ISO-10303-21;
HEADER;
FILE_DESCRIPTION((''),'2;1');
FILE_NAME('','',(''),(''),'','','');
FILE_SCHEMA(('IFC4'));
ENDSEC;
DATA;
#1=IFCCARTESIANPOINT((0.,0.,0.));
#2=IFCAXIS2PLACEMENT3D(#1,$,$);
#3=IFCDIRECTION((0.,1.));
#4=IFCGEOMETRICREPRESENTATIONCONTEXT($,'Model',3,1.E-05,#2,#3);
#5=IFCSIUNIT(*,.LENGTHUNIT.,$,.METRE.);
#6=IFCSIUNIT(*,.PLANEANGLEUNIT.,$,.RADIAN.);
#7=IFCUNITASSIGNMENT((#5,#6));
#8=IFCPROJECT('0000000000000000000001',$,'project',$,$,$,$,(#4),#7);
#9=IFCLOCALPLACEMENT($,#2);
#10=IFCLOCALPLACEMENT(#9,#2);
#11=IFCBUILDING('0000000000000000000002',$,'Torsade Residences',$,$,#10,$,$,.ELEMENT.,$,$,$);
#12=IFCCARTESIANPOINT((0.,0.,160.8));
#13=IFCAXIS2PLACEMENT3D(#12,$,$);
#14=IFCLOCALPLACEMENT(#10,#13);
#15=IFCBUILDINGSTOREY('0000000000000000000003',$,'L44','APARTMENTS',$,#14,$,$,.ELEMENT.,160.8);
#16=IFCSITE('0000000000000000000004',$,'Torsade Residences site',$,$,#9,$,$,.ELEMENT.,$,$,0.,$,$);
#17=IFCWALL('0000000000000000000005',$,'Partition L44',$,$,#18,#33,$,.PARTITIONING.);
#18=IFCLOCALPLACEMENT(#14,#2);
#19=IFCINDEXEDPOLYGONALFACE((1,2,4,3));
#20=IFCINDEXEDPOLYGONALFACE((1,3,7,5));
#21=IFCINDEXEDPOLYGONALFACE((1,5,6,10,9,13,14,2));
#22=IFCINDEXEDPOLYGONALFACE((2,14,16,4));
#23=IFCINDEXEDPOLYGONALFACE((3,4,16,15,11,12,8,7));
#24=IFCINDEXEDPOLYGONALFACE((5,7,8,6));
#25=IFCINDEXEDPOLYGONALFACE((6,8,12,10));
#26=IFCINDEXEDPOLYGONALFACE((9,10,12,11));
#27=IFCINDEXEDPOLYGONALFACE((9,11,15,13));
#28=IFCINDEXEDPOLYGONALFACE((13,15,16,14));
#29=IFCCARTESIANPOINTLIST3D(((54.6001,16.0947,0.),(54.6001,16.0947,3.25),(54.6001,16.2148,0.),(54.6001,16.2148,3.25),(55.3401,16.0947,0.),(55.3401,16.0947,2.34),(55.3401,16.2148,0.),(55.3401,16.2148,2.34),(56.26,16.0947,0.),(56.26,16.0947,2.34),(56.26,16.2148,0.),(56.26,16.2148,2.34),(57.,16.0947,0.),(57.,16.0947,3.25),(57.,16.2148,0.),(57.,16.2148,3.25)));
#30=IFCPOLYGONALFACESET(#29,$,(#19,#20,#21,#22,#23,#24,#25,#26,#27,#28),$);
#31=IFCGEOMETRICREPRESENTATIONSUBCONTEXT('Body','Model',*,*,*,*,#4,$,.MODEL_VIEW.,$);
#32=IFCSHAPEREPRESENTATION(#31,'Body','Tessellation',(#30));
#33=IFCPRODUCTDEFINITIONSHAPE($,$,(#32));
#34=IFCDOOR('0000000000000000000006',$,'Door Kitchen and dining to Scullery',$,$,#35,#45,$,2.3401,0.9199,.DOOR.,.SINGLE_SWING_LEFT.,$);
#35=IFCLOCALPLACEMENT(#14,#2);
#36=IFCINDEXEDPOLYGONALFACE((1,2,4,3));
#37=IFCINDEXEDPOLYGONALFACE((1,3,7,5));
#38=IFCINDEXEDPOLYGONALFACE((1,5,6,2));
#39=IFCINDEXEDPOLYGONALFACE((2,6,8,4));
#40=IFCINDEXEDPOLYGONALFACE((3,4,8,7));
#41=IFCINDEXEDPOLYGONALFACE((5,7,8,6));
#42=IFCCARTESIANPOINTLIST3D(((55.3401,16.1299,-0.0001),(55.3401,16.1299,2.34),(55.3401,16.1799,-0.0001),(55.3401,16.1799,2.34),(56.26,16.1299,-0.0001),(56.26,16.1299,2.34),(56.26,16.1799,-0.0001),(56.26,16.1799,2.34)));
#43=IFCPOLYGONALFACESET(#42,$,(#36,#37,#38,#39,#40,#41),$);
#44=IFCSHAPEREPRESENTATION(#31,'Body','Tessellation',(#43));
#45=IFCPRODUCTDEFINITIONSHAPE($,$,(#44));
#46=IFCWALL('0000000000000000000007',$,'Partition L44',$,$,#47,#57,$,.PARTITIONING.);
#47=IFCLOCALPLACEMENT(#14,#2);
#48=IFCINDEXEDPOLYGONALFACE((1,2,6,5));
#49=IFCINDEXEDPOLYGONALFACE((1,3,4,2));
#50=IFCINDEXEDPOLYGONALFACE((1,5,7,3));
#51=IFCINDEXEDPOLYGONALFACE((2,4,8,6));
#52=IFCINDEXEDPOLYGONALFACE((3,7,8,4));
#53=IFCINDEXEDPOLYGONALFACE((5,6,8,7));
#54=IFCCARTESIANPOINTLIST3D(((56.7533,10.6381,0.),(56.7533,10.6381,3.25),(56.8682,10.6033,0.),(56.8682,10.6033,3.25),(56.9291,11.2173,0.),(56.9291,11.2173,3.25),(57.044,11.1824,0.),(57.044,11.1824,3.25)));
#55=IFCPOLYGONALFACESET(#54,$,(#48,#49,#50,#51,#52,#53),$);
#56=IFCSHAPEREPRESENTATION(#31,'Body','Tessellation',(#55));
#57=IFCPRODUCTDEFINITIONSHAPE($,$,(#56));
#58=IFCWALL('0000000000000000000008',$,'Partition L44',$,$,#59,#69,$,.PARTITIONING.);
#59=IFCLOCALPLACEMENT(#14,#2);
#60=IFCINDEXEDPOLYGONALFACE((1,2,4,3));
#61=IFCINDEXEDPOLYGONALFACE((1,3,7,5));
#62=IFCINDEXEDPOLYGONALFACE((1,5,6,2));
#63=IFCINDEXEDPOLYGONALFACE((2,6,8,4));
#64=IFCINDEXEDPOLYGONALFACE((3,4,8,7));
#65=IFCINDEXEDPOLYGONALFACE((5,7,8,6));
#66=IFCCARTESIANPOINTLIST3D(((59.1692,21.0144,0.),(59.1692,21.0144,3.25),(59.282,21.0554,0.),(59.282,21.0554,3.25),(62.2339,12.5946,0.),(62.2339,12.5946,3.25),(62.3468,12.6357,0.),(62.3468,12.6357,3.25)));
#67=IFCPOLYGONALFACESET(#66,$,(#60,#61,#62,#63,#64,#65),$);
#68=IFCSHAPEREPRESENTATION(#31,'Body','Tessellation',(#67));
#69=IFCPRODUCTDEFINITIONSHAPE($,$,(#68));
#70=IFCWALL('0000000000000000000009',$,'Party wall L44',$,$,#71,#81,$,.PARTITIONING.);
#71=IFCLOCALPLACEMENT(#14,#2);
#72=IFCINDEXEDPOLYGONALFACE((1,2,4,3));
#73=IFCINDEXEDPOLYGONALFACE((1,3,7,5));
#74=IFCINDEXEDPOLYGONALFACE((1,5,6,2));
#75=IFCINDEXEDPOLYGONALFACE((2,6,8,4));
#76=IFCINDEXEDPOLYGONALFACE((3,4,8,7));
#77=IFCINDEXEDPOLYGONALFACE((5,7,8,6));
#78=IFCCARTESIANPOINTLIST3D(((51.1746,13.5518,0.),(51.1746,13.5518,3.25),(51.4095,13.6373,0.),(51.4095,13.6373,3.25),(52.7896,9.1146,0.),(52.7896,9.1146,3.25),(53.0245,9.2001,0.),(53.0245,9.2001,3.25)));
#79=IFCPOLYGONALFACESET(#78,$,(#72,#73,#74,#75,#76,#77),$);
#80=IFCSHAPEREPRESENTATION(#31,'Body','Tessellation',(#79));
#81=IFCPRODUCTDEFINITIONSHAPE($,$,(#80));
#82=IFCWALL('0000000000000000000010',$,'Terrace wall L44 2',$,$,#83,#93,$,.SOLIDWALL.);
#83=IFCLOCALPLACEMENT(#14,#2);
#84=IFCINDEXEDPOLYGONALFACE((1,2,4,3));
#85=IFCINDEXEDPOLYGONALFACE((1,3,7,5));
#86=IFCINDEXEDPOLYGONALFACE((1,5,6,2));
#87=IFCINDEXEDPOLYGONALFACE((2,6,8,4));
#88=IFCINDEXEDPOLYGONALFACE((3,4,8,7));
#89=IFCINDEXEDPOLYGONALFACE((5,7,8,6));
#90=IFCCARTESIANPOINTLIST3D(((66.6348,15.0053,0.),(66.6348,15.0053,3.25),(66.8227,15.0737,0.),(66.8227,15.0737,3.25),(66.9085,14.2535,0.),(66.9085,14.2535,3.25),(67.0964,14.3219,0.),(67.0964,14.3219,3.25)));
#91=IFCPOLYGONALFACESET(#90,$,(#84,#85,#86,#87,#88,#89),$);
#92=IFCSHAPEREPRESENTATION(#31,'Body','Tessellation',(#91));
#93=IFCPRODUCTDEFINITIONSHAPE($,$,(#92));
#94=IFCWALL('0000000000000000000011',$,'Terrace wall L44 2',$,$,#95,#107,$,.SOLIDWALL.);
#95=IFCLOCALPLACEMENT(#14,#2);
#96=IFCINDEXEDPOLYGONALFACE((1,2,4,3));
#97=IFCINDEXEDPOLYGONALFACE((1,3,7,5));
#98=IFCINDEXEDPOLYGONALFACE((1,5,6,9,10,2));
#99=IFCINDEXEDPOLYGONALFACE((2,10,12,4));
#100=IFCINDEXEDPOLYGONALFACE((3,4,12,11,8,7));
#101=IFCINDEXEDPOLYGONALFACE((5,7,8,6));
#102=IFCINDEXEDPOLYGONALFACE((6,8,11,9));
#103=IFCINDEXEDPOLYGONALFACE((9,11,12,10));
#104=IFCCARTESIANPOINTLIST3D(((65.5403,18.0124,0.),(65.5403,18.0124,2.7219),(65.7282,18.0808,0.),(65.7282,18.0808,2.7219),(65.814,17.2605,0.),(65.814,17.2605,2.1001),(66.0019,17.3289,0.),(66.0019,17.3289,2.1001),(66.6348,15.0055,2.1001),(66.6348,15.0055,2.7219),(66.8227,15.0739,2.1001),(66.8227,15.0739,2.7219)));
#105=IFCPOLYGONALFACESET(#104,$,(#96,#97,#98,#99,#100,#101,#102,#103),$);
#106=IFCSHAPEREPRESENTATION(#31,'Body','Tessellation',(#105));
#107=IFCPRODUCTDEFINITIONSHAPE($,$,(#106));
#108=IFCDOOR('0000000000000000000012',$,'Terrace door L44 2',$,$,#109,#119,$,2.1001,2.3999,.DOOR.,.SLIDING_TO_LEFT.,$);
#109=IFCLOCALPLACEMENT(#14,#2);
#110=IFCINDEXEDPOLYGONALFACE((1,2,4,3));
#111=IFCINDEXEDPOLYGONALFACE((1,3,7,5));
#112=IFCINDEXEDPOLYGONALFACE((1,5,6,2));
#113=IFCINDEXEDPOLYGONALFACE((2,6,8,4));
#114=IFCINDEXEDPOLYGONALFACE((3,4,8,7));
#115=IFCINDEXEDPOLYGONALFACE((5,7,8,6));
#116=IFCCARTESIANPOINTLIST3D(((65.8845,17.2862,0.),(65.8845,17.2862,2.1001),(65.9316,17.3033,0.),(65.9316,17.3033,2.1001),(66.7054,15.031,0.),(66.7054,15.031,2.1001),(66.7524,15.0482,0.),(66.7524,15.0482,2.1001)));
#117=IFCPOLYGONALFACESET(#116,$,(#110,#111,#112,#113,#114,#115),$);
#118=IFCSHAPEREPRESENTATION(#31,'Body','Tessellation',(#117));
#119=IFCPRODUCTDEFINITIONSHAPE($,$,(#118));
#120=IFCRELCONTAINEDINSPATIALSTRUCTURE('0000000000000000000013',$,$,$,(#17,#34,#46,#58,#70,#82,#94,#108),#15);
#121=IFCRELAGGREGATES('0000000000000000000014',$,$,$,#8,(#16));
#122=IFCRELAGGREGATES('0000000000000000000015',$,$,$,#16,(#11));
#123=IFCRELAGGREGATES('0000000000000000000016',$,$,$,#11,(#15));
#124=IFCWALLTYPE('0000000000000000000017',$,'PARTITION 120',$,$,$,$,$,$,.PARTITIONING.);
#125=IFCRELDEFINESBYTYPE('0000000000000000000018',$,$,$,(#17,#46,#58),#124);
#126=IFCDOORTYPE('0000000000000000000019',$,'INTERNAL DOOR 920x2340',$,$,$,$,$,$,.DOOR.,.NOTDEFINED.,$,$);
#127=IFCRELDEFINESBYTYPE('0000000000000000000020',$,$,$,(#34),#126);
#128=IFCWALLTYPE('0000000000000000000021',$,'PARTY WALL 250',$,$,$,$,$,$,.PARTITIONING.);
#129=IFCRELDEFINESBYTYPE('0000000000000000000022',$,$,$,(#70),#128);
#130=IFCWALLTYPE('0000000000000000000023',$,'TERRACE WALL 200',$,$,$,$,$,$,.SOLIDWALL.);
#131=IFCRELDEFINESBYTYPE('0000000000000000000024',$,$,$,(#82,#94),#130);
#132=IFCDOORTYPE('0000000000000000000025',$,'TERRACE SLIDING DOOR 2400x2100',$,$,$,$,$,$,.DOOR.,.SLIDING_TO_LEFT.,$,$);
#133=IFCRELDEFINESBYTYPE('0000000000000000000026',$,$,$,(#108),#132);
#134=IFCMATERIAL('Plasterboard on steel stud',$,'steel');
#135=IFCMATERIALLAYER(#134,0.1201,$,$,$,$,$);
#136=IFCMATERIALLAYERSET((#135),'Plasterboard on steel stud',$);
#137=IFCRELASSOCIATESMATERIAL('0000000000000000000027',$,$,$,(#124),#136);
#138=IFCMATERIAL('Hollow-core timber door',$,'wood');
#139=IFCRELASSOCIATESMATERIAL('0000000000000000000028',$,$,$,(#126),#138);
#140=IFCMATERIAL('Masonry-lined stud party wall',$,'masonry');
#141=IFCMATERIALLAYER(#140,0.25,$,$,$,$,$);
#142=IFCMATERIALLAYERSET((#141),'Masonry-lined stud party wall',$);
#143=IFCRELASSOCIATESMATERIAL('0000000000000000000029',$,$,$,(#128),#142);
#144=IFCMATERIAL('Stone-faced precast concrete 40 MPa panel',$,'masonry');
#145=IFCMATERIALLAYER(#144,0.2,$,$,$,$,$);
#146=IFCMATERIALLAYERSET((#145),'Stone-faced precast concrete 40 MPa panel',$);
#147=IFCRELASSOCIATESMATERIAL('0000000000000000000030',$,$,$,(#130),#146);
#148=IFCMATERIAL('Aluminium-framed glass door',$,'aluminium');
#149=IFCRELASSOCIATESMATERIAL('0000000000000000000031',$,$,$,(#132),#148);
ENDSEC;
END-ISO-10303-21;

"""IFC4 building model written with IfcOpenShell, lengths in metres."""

from ifc_helpers import new_model, si_unit, direction, frame, frame_2d, origin, place, context, subcontext, project, spatial, rectangle, extrude, material, layer, layer_set, type_object, element, fill, save


model = new_model("IFC4")

# Units and contexts
model_context = context("Model", 3, precision=1e-05, world=origin(), true_north=direction((0.0, 1.0)))
body_context = subcontext(model_context, "Body", "Model", "MODEL_VIEW")
ifc_project = project(units=[si_unit("LENGTHUNIT", "METRE"), si_unit("PLANEANGLEUNIT", "RADIAN")], contexts=[model_context])

# Site, building, storey
site_placement = place(None, origin())
site = spatial("IfcSite", under=ifc_project, at=site_placement, Name="Torsade Residences site", CompositionType="ELEMENT", RefElevation=0.0)
building_placement = place(site_placement, origin())
building = spatial("IfcBuilding", under=site, at=building_placement, Name="Torsade Residences", CompositionType="ELEMENT")
storey_placement = place(building_placement, frame((0.0, 0.0, 160.8)))
storey = spatial("IfcBuildingStorey", under=building, at=storey_placement, Name="L44", Description="APARTMENTS", CompositionType="ELEMENT", Elevation=160.8)

# Shared definitions
ifc_material_1 = material(Name="Plasterboard on steel stud", Category="steel")
ifc_layer_1 = layer(ifc_material_1, 0.1201)
ifc_layer_set_1 = layer_set([ifc_layer_1], Name="Plasterboard on steel stud")
wall_type_1 = type_object("IfcWallType", Name="PARTITION 120", PredefinedType="PARTITIONING", material=ifc_layer_set_1)
ifc_material_2 = material(Name="Hollow-core timber door", Category="wood")
door_type_1 = type_object("IfcDoorType", Name="INTERNAL DOOR 920x2340", OperationType="NOTDEFINED", PredefinedType="DOOR", material=ifc_material_2)

# Wall, opening, door
wall_1_placement = place(storey_placement, frame((57.0, 16.1548, 0.0), z_axis=(0.0, 0.0, 1.0), x_axis=(-1.0, 0.0, 0.0)))
wall_1 = element("IfcWall", 1, at=wall_1_placement, inside=storey, type_object=wall_type_1, Name="Partition L44", PredefinedType="PARTITIONING", context=body_context, shape_type="SweptSolid", body=[
    extrude(rectangle(XDim=2.3999, YDim=0.1201, at=frame_2d((1.2, 0.0))), origin(), (0.0, 0.0, 1.0), 3.25),
])
opening_1_placement = place(wall_1_placement, frame((0.74, 0.0, 0.0)))
opening_1 = element("IfcOpeningElement", 2, at=opening_1_placement, cuts=wall_1, PredefinedType="OPENING", context=body_context, shape_type="SweptSolid", body=[
    extrude(rectangle(XDim=0.9199, YDim=2.3401, at=frame_2d((0.46, 1.1699))), frame((0.0, 0.0701, 0.0), z_axis=(0.0, -1.0, 0.0), x_axis=(1.0, 0.0, 0.0)), (0.0, 0.0, 1.0), 0.1401),
])
door_1_placement = place(opening_1_placement, origin())
door_1 = element("IfcDoor", 3, at=door_1_placement, inside=storey, type_object=door_type_1, Name="Door Kitchen and dining to Scullery", OperationType="SINGLE_SWING_LEFT", OverallHeight=2.3401, OverallWidth=0.9199, PredefinedType="DOOR", context=body_context, shape_type="SweptSolid", body=[
    extrude(rectangle(XDim=0.9199, YDim=2.3401, at=frame_2d((0.46, 1.1699))), frame((0.0, 0.0249, 0.0), z_axis=(0.0, -1.0, 0.0), x_axis=(1.0, 0.0, 0.0)), (0.0, 0.0, 1.0), 0.05),
])
fill(opening_1, door_1)

# Walls
wall_2_placement = place(storey_placement, frame((56.9866, 11.2, 0.0), z_axis=(0.0, 0.0, 1.0), x_axis=(-0.290455, -0.956889, 0.0)))
element("IfcWall", 4, at=wall_2_placement, inside=storey, type_object=wall_type_1, Name="Partition L44", PredefinedType="PARTITIONING", context=body_context, shape_type="SweptSolid", body=[
    extrude(rectangle(XDim=0.6052, YDim=0.1201, at=frame_2d((0.3027, 0.0))), origin(), (0.0, 0.0, 1.0), 3.25),
])
wall_3_placement = place(storey_placement, frame((62.2903, 12.6152, 0.0), z_axis=(0.0, 0.0, 1.0), x_axis=(-0.342038, 0.939686, 0.0)))
element("IfcWall", 5, at=wall_3_placement, inside=storey, type_object=wall_type_1, Name="Partition L44", PredefinedType="PARTITIONING", context=body_context, shape_type="SweptSolid", body=[
    extrude(rectangle(XDim=8.9602, YDim=0.1201, at=frame_2d((4.48, 0.0))), origin(), (0.0, 0.0, 1.0), 3.25),
])
ifc_material_3 = material(Name="Masonry-lined stud party wall", Category="masonry")
ifc_layer_2 = layer(ifc_material_3, 0.25)
ifc_layer_set_2 = layer_set([ifc_layer_2], Name="Masonry-lined stud party wall")
wall_type_2 = type_object("IfcWallType", Name="PARTY WALL 250", PredefinedType="PARTITIONING", material=ifc_layer_set_2)
wall_4_placement = place(storey_placement, frame((52.907, 9.1575, 0.0), z_axis=(0.0, 0.0, 1.0), x_axis=(-0.342013, 0.939695, 0.0)))
element("IfcWall", 6, at=wall_4_placement, inside=storey, type_object=wall_type_2, Name="Party wall L44", PredefinedType="PARTITIONING", context=body_context, shape_type="SweptSolid", body=[
    extrude(rectangle(XDim=4.7219, YDim=0.25, at=frame_2d((2.3608, 0.0))), origin(), (0.0, 0.0, 1.0), 3.25),
])
ifc_material_4 = material(Name="Stone-faced precast concrete 40 MPa panel", Category="masonry")
ifc_layer_3 = layer(ifc_material_4, 0.2)
ifc_layer_set_3 = layer_set([ifc_layer_3], Name="Stone-faced precast concrete 40 MPa panel")
wall_type_3 = type_object("IfcWallType", Name="TERRACE WALL 200", PredefinedType="SOLIDWALL", material=ifc_layer_set_3)
wall_5_placement = place(storey_placement, frame((67.0024, 14.2878, 0.0), z_axis=(0.0, 0.0, 1.0), x_axis=(-0.342111, 0.93966, 0.0)))
element("IfcWall", 7, at=wall_5_placement, inside=storey, type_object=wall_type_3, Name="Terrace wall L44 2", PredefinedType="SOLIDWALL", context=body_context, shape_type="SweptSolid", body=[
    extrude(rectangle(XDim=0.8, YDim=0.2, at=frame_2d((0.3999, 0.0))), origin(), (0.0, 0.0, 1.0), 3.25),
])

# Wall, opening, door
wall_6_placement = place(storey_placement, frame((66.7288, 15.0396, 0.0), z_axis=(0.0, 0.0, 1.0), x_axis=(-0.342019, 0.939693, 0.0)))
wall_6 = element("IfcWall", 8, at=wall_6_placement, inside=storey, type_object=wall_type_3, Name="Terrace wall L44 2", PredefinedType="SOLIDWALL", context=body_context, shape_type="SweptSolid", body=[
    extrude(rectangle(XDim=3.2, YDim=0.2, at=frame_2d((1.6001, 0.0))), origin(), (0.0, 0.0, 1.0), 2.7219),
])
opening_2_placement = place(wall_6_placement, origin())
opening_2 = element("IfcOpeningElement", 9, at=opening_2_placement, cuts=wall_6, PredefinedType="OPENING", context=body_context, shape_type="SweptSolid", body=[
    extrude(rectangle(XDim=2.3999, YDim=2.1001, at=frame_2d((1.2, 1.05))), frame((0.0, 0.1099, 0.0), z_axis=(0.0, -1.0, 0.0), x_axis=(1.0, 0.0, 0.0)), (0.0, 0.0, 1.0), 0.22),
])
ifc_material_5 = material(Name="Aluminium-framed glass door", Category="aluminium")
door_type_2 = type_object("IfcDoorType", Name="TERRACE SLIDING DOOR 2400x2100", OperationType="SLIDING_TO_LEFT", PredefinedType="DOOR", material=ifc_material_5)
door_2_placement = place(opening_2_placement, origin())
door_2 = element("IfcDoor", 10, at=door_2_placement, inside=storey, type_object=door_type_2, Name="Terrace door L44 2", OperationType="SLIDING_TO_LEFT", OverallHeight=2.1001, OverallWidth=2.3999, PredefinedType="DOOR", context=body_context, shape_type="SweptSolid", body=[
    extrude(rectangle(XDim=2.3999, YDim=2.1001, at=frame_2d((1.2, 1.05))), frame((0.0, 0.0249, 0.0), z_axis=(0.0, -1.0, 0.0), x_axis=(1.0, 0.0, 0.0)), (0.0, 0.0, 1.0), 0.05),
])
fill(opening_2, door_2)

save(model, "model.ifc")
